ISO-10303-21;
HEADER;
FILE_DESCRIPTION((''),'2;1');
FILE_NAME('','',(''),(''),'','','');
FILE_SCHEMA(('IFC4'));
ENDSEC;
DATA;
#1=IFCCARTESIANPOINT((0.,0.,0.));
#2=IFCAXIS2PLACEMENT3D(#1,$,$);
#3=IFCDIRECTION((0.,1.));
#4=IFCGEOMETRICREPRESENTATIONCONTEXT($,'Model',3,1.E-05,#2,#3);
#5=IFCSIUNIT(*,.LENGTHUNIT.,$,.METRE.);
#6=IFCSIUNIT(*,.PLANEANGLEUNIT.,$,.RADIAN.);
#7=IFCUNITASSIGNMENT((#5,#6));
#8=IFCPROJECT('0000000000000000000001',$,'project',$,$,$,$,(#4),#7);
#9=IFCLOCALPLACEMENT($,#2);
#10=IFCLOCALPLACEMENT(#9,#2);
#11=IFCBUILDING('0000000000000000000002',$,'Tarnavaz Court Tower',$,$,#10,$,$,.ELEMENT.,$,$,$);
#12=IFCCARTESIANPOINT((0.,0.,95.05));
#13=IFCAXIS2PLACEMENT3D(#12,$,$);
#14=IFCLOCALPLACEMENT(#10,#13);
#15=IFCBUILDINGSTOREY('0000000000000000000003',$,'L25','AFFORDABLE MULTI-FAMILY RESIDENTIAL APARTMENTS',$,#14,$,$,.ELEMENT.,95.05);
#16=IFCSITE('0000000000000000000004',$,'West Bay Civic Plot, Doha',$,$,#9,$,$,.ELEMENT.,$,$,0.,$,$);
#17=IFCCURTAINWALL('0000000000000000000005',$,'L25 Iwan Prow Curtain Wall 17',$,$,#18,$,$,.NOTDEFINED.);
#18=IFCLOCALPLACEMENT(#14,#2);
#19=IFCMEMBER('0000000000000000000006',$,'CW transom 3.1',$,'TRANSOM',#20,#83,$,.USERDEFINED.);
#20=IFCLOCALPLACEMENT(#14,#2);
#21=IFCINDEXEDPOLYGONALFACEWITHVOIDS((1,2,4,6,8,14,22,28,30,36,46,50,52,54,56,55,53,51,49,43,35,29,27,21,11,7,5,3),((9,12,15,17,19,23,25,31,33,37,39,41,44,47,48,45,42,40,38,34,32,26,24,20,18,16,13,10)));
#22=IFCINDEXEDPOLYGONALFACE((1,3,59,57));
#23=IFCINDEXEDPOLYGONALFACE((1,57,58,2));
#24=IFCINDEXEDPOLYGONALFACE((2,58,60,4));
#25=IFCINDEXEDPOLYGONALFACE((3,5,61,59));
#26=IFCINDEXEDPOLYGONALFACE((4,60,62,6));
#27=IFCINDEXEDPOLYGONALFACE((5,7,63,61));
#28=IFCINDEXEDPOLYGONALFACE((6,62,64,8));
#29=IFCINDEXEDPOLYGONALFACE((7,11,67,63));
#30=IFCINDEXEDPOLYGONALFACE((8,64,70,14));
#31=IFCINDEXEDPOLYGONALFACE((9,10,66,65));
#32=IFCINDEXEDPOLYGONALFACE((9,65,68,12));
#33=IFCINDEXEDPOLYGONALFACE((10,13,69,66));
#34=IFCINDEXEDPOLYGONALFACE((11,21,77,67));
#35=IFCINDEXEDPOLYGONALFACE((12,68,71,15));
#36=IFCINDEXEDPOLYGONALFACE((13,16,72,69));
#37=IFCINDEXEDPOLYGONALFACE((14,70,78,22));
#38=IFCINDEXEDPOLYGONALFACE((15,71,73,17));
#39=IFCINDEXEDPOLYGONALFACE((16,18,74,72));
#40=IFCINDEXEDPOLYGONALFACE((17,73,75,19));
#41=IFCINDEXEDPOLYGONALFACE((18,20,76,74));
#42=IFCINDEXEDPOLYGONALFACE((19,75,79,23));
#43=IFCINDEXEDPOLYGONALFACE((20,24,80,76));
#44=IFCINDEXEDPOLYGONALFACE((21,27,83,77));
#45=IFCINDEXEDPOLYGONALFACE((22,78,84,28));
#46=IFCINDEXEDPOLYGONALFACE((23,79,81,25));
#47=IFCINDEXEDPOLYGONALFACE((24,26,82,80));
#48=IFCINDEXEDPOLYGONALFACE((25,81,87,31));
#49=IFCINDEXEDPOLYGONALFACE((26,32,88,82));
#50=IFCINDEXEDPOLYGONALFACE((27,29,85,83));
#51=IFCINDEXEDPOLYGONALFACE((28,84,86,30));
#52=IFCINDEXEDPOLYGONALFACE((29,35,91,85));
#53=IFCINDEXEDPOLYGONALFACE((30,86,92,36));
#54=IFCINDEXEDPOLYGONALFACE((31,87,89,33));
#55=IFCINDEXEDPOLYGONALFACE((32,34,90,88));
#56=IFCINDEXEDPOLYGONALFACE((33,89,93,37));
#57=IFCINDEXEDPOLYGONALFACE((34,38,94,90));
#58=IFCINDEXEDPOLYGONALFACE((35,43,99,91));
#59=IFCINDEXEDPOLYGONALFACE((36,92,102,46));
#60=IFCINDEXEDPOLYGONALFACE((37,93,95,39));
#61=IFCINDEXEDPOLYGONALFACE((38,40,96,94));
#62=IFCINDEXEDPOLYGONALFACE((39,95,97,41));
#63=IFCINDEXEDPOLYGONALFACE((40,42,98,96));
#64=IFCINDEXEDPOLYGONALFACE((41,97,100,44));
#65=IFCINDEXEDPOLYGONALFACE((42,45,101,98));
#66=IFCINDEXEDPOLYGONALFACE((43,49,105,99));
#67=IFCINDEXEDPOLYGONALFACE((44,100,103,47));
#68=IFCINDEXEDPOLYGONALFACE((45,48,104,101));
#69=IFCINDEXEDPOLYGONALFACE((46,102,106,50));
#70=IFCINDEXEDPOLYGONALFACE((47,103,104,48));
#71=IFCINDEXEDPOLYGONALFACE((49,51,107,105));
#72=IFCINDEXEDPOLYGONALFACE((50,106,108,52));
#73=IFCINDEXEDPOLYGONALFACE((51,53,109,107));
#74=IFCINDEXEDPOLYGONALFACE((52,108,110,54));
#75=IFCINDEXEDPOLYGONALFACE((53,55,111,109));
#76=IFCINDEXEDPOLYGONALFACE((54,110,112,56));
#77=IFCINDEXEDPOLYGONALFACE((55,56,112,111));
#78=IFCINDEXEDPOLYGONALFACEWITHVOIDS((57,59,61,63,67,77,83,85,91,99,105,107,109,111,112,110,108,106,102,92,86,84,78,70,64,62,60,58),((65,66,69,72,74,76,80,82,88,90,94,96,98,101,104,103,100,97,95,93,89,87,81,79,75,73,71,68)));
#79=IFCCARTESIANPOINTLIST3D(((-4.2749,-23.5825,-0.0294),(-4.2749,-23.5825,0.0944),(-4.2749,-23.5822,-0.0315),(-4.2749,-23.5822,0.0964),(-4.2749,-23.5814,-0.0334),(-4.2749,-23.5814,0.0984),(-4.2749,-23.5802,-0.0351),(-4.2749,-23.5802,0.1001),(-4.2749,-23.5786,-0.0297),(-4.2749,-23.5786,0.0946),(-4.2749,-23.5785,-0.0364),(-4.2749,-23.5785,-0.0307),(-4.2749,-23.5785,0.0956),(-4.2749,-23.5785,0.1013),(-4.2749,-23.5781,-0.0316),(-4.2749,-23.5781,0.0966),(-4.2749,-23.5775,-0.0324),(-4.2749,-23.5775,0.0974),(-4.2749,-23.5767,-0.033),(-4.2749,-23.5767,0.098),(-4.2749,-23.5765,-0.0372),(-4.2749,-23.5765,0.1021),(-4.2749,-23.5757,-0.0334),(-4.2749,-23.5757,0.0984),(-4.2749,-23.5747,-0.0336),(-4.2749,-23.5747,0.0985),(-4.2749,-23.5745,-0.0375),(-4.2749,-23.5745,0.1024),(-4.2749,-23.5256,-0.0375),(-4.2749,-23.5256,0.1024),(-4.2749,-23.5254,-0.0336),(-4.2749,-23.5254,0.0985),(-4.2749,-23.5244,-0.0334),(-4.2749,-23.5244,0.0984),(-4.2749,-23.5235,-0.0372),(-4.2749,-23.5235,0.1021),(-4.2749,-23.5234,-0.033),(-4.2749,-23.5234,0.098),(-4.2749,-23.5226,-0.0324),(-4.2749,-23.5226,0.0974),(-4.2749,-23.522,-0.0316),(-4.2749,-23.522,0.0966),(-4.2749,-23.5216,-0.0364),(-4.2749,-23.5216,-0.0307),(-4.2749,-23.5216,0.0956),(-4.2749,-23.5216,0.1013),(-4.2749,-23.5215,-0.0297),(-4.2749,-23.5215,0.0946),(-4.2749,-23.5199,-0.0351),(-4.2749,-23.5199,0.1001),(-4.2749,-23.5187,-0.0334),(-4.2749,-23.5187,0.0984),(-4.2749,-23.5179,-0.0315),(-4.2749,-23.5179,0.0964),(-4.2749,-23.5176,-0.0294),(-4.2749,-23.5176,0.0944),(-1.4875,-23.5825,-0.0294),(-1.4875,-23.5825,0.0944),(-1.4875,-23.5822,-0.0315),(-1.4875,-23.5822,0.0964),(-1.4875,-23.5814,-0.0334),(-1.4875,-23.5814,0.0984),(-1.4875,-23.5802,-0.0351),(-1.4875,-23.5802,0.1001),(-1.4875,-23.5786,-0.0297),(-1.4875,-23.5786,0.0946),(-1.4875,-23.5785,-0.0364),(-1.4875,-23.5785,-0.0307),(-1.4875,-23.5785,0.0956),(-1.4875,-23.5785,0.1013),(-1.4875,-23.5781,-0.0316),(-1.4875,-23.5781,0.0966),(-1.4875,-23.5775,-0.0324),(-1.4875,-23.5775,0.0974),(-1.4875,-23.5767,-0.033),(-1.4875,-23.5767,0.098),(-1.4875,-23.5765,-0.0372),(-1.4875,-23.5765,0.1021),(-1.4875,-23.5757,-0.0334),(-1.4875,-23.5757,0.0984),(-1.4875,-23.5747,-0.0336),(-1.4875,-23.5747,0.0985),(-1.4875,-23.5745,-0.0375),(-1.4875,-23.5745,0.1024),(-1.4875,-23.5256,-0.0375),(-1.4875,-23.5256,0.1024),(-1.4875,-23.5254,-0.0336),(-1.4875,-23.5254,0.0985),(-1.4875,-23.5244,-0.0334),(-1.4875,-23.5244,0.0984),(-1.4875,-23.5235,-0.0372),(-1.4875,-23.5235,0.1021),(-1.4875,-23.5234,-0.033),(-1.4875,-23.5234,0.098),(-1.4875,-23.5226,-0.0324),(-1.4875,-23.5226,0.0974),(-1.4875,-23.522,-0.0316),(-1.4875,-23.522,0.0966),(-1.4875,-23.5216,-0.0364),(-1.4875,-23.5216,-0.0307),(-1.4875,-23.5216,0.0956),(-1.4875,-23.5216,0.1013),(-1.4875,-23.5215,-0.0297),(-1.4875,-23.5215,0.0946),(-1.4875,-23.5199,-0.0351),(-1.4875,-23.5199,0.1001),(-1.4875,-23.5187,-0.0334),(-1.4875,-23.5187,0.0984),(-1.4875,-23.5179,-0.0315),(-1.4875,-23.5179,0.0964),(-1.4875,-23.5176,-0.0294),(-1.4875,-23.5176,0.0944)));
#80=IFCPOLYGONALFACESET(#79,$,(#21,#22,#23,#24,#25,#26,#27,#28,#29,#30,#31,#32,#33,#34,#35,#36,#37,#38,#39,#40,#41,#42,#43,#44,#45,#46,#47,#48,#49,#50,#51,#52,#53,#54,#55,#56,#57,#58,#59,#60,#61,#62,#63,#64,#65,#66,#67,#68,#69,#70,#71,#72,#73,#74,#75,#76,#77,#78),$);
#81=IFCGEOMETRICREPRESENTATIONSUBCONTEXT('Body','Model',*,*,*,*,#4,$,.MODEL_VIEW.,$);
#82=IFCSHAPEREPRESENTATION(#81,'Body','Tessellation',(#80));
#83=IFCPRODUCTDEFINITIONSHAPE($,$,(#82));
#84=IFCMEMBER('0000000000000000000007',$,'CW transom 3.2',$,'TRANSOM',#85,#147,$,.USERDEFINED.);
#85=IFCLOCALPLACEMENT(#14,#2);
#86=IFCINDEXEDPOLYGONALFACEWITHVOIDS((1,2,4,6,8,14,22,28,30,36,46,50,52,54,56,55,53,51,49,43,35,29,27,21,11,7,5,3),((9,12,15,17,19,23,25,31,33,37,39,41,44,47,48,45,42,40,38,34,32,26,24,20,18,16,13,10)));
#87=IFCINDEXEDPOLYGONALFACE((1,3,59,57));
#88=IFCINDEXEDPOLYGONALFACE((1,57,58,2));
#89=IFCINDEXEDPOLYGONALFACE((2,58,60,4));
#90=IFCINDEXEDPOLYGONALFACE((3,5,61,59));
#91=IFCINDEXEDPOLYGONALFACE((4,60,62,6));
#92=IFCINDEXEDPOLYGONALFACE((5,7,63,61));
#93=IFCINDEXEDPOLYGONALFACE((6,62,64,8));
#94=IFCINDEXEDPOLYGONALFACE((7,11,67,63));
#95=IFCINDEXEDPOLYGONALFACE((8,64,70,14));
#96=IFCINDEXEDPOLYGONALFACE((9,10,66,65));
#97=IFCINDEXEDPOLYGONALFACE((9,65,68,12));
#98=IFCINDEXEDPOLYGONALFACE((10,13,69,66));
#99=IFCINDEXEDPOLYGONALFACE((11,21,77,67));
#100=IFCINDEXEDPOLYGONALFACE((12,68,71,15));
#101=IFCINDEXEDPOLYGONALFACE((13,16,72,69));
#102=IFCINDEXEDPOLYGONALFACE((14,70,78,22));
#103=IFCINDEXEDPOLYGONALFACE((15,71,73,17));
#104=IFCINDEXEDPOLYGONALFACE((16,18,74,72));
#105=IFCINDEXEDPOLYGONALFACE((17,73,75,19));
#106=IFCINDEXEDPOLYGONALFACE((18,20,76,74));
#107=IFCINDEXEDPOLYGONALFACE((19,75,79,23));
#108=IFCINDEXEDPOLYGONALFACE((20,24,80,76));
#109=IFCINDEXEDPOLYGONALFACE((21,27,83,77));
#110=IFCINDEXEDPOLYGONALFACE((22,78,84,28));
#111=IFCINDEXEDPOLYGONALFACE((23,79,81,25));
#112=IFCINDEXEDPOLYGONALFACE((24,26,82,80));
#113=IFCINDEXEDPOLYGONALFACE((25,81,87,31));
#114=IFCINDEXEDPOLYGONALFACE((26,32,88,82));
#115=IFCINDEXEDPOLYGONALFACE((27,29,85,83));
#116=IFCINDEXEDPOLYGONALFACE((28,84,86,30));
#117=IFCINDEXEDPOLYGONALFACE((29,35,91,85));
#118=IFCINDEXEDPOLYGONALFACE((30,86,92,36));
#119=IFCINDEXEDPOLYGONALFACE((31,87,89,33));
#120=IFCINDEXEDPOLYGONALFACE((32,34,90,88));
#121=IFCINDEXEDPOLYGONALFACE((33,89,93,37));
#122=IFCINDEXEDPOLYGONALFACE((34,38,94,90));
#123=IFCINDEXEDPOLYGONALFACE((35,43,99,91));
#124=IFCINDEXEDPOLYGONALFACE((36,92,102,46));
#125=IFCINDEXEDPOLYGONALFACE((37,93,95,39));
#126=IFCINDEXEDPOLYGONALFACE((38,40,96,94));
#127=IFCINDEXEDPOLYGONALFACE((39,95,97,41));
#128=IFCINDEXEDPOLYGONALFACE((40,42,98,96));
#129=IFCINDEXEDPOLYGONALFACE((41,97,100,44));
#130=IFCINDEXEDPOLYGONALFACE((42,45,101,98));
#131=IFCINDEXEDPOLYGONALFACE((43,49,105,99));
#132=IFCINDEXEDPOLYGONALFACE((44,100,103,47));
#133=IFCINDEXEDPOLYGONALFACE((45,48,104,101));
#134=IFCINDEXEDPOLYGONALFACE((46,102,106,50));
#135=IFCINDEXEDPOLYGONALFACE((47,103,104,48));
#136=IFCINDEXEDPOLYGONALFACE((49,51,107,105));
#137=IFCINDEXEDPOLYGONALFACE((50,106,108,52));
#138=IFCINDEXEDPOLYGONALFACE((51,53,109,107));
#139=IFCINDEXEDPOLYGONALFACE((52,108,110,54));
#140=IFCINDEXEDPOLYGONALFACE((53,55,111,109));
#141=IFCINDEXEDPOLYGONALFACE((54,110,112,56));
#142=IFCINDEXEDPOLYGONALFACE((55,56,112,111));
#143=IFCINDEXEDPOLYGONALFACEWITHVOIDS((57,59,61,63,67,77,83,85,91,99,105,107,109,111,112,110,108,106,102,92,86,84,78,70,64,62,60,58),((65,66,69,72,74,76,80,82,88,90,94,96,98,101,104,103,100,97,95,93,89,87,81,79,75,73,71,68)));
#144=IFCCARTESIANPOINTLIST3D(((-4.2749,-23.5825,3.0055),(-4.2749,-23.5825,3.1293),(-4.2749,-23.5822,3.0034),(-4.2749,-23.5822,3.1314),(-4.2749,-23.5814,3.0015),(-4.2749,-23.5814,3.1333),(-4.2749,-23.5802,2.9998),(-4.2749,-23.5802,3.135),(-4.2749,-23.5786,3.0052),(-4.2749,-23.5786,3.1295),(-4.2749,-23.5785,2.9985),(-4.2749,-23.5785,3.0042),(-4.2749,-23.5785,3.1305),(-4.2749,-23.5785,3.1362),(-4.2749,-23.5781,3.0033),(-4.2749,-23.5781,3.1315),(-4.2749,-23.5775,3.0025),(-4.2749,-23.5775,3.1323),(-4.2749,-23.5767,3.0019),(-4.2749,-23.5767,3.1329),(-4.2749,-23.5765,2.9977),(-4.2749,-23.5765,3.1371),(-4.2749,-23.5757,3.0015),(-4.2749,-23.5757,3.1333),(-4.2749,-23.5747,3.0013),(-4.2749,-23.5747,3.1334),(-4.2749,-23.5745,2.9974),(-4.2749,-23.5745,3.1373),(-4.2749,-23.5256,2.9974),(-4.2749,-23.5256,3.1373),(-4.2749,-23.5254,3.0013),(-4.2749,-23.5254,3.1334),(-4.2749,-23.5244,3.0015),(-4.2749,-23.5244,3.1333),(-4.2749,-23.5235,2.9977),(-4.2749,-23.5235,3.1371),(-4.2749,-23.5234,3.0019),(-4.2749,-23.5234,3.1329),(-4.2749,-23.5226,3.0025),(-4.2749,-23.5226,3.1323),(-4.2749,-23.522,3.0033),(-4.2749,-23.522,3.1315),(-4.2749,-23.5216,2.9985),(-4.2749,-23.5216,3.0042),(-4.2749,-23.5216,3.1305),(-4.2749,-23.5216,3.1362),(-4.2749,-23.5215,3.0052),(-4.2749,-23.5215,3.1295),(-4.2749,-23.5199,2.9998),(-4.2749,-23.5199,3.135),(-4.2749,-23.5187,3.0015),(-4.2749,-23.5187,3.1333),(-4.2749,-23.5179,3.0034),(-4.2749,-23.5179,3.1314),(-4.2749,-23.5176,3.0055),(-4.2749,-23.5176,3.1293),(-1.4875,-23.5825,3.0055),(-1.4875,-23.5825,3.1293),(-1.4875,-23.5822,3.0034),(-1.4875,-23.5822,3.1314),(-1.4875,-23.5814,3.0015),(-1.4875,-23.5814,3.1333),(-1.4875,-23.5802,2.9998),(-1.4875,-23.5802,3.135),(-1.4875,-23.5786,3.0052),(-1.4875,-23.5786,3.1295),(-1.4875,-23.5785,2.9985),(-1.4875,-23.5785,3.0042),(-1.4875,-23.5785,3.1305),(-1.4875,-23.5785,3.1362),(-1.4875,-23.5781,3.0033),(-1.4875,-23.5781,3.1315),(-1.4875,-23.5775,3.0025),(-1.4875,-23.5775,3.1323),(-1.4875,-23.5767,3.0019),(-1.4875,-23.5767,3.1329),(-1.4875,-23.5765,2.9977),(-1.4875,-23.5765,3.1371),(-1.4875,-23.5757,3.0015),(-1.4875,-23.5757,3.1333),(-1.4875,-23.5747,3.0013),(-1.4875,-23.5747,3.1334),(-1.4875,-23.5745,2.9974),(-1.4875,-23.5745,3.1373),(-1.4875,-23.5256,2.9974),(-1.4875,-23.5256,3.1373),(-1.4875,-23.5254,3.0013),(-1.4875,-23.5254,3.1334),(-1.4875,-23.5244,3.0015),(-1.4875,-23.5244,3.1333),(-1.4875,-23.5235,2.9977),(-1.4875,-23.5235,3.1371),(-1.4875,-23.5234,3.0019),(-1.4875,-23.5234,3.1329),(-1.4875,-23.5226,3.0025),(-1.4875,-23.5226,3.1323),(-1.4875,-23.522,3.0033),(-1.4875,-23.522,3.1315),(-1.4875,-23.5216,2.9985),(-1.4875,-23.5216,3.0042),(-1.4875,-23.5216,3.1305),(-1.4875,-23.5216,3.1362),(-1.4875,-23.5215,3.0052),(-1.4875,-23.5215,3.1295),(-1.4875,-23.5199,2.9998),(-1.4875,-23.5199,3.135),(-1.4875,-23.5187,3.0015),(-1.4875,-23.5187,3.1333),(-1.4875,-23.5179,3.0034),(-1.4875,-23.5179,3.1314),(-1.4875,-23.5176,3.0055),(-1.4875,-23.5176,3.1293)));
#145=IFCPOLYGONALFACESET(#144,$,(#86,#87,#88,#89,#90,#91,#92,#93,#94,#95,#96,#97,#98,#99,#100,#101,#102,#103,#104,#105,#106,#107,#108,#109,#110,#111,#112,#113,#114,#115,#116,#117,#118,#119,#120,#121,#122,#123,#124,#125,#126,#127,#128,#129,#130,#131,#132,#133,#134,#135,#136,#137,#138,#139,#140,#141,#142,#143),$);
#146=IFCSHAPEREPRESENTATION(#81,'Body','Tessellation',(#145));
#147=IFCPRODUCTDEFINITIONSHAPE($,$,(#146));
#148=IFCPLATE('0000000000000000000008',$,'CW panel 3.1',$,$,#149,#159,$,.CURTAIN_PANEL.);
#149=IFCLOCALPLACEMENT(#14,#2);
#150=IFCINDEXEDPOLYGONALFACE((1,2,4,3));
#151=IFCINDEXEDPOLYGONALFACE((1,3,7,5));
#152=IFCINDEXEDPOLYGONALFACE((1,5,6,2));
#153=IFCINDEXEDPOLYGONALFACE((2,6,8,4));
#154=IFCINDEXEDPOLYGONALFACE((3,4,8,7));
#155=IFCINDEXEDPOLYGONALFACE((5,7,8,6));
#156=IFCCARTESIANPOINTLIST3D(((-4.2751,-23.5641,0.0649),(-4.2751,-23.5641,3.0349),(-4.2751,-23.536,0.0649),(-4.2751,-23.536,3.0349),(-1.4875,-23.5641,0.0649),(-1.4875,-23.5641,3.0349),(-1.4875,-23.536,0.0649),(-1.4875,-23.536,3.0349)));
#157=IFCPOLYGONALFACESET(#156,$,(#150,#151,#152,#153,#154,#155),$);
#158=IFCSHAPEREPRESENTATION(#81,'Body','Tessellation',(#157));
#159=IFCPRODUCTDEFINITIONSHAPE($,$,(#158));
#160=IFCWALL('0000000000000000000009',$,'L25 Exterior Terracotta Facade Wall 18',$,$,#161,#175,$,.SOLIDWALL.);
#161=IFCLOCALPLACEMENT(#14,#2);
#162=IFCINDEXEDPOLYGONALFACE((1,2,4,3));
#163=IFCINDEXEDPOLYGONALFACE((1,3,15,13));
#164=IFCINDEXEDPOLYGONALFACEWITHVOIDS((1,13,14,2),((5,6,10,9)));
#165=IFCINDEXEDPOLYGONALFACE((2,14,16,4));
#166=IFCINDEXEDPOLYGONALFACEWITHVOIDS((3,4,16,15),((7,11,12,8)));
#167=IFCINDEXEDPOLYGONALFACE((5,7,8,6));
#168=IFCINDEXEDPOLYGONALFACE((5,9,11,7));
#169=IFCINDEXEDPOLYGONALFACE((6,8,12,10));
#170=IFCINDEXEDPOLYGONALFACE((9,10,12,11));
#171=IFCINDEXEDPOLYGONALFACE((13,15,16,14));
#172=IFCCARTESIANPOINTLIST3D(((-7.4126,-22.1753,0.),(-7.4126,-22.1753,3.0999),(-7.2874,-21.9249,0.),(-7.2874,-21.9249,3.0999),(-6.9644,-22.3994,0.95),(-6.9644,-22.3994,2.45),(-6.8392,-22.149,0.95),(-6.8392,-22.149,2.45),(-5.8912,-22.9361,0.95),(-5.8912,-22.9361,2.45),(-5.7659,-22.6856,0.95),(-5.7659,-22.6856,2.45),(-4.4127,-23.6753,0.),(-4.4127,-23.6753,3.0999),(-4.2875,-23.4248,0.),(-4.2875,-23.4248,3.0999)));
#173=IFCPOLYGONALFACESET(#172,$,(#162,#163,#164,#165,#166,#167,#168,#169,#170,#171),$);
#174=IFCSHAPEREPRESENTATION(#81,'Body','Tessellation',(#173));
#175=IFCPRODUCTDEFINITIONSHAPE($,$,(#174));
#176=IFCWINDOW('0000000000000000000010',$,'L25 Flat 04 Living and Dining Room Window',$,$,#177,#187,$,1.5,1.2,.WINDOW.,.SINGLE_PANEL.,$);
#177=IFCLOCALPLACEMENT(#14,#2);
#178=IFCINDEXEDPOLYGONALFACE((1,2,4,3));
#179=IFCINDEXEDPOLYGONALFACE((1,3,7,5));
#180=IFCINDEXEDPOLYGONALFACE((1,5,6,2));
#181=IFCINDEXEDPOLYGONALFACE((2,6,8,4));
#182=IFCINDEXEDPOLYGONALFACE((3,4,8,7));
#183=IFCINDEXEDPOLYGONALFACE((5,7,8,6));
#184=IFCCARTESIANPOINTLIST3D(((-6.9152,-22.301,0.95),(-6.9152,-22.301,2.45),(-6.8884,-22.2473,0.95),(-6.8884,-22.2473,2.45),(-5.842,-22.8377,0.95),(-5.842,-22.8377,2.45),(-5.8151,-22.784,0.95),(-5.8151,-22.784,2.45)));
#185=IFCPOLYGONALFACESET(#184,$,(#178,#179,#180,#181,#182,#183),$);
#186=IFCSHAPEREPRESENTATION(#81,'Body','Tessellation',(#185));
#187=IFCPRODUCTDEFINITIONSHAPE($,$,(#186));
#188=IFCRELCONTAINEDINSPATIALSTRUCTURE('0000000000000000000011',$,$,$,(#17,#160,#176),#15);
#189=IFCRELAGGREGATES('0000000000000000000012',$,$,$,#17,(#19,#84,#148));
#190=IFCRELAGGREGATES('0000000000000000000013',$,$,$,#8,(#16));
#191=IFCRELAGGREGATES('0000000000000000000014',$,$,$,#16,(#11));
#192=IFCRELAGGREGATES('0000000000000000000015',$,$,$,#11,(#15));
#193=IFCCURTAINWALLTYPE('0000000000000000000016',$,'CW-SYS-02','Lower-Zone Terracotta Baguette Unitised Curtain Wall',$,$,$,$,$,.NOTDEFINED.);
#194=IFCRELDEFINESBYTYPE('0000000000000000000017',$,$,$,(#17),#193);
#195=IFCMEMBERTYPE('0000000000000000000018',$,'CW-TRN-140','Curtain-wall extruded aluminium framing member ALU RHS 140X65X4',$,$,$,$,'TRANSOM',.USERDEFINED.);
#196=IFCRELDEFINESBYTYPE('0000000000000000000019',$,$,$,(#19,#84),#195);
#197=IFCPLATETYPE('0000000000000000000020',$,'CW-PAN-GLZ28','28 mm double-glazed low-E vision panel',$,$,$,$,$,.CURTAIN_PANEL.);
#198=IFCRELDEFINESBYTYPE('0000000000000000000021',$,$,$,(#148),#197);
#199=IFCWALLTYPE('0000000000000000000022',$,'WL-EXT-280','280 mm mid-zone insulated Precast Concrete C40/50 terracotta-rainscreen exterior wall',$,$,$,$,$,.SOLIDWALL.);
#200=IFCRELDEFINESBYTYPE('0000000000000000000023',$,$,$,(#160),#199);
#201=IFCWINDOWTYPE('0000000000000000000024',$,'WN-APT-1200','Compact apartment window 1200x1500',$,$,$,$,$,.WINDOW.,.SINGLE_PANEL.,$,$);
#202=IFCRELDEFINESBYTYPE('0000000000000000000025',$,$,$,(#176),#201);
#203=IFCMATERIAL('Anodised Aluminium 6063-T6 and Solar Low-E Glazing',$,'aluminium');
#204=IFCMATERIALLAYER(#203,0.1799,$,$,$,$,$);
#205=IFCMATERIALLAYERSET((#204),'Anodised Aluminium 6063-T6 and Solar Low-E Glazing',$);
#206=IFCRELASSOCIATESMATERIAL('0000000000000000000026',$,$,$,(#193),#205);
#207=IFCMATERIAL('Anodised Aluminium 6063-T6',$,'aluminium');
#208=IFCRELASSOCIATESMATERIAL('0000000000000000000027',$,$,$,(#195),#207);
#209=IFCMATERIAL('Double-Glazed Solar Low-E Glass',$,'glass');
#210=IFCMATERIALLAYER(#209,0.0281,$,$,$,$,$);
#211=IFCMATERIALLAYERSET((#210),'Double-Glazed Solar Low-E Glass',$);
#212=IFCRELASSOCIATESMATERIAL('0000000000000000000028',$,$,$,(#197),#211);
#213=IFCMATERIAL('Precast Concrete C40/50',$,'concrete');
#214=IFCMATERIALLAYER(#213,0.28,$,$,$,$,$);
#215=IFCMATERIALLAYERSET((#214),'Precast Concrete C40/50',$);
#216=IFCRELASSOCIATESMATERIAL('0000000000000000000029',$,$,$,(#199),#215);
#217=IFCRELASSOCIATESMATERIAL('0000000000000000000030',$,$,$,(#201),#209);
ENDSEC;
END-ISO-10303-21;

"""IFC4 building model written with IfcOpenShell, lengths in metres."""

from ifc_helpers import new_model, si_unit, direction, frame, frame_2d, origin, origin_2d, place, context, subcontext, project, spatial, rectangle, hollow_rectangle, extrude, material, layer, layer_set, material_profile, profile_set, type_object, element, fill, aggregate, save


model = new_model("IFC4")

# Units and contexts
model_context = context("Model", 3, precision=1e-05, world=origin(), true_north=direction((0.0, 1.0)))
body_context = subcontext(model_context, "Body", "Model", "MODEL_VIEW")
ifc_project = project(units=[si_unit("LENGTHUNIT", "METRE"), si_unit("PLANEANGLEUNIT", "RADIAN")], contexts=[model_context])

# Site, building, storey
site_placement = place(None, origin())
site = spatial("IfcSite", under=ifc_project, at=site_placement, Name="West Bay Civic Plot, Doha", CompositionType="ELEMENT", RefElevation=0.0)
building_placement = place(site_placement, origin())
building = spatial("IfcBuilding", under=site, at=building_placement, Name="Tarnavaz Court Tower", CompositionType="ELEMENT")
storey_placement = place(building_placement, frame((0.0, 0.0, 95.05)))
storey = spatial("IfcBuildingStorey", under=building, at=storey_placement, Name="L25", Description="AFFORDABLE MULTI-FAMILY RESIDENTIAL APARTMENTS", CompositionType="ELEMENT", Elevation=95.05)

# Curtain wall, members, plate
ifc_material_1 = material(Name="Anodised Aluminium 6063-T6 and Solar Low-E Glazing", Category="aluminium")
ifc_layer_1 = layer(ifc_material_1, 0.1799)
ifc_layer_set_1 = layer_set([ifc_layer_1], Name="Anodised Aluminium 6063-T6 and Solar Low-E Glazing")
curtain_wall_type = type_object("IfcCurtainWallType", Name="CW-SYS-02", Description="Lower-Zone Terracotta Baguette Unitised Curtain Wall", PredefinedType="NOTDEFINED", material=ifc_layer_set_1)
curtain_wall_placement = place(storey_placement, origin())
curtain_wall = element("IfcCurtainWall", 1, at=curtain_wall_placement, inside=storey, type_object=curtain_wall_type, Name="L25 Iwan Prow Curtain Wall 17", PredefinedType="NOTDEFINED")
ifc_material_2 = material(Name="Anodised Aluminium 6063-T6", Category="aluminium")
ifc_material_profile_1 = material_profile(ifc_material_2, hollow_rectangle(XDim=0.0649, YDim=0.1399, WallThickness=0.0039, InnerFilletRadius=0.0039, OuterFilletRadius=0.0081, at=origin_2d()), Name="ALU RHS 140X65X4")
ifc_profile_set_1 = profile_set([ifc_material_profile_1], Name="Anodised Aluminium 6063-T6")
member_type_1 = type_object("IfcMemberType", Name="CW-TRN-140", Description="Curtain-wall extruded aluminium framing member ALU RHS 140X65X4", ElementType="TRANSOM", PredefinedType="USERDEFINED", material=ifc_profile_set_1)
member_1_placement = place(storey_placement, frame((-1.4875, -23.55, 0.0325), z_axis=(-1.0, 0.0, 0.0), x_axis=(0.0, -1.0, 0.0)))
member_1 = element("IfcMember", 2, at=member_1_placement, type_object=member_type_1, Name="CW transom 3.1", ObjectType="TRANSOM", PredefinedType="USERDEFINED", context=body_context, shape_type="SweptSolid", body=[
    extrude(hollow_rectangle(XDim=0.0649, YDim=0.1399, WallThickness=0.0039, InnerFilletRadius=0.0039, OuterFilletRadius=0.0081, at=origin_2d()), origin(), (0.0, 0.0, 1.0), 2.7874),
])
member_2_placement = place(storey_placement, frame((-1.4875, -23.55, 3.0674), z_axis=(-1.0, 0.0, 0.0), x_axis=(0.0, -1.0, 0.0)))
member_2 = element("IfcMember", 3, at=member_2_placement, type_object=member_type_1, Name="CW transom 3.2", ObjectType="TRANSOM", PredefinedType="USERDEFINED", context=body_context, shape_type="SweptSolid", body=[
    extrude(hollow_rectangle(XDim=0.0649, YDim=0.1399, WallThickness=0.0039, InnerFilletRadius=0.0039, OuterFilletRadius=0.0081, at=origin_2d()), origin(), (0.0, 0.0, 1.0), 2.7874),
])
ifc_material_3 = material(Name="Double-Glazed Solar Low-E Glass", Category="glass")
ifc_layer_2 = layer(ifc_material_3, 0.0281)
ifc_layer_set_2 = layer_set([ifc_layer_2], Name="Double-Glazed Solar Low-E Glass")
plate_type = type_object("IfcPlateType", Name="CW-PAN-GLZ28", Description="28 mm double-glazed low-E vision panel", PredefinedType="CURTAIN_PANEL", material=ifc_layer_set_2)
plate_placement = place(storey_placement, frame((-2.8813, -23.55, 0.0649), z_axis=(0.0, 0.0, 1.0), x_axis=(-1.0, 0.0, 0.0)))
plate = element("IfcPlate", 4, at=plate_placement, type_object=plate_type, Name="CW panel 3.1", PredefinedType="CURTAIN_PANEL", context=body_context, shape_type="SweptSolid", body=[
    extrude(rectangle(XDim=2.7876, YDim=0.0281, at=origin_2d()), origin(), (0.0, 0.0, 1.0), 2.97),
])
aggregate(curtain_wall, [member_1, member_2, plate])

# Wall, opening, window
ifc_material_4 = material(Name="Precast Concrete C40/50", Category="concrete")
ifc_layer_3 = layer(ifc_material_4, 0.28)
ifc_layer_set_3 = layer_set([ifc_layer_3], Name="Precast Concrete C40/50")
wall_type_1 = type_object("IfcWallType", Name="WL-EXT-280", Description="280 mm mid-zone insulated Precast Concrete C40/50 terracotta-rainscreen exterior wall", PredefinedType="SOLIDWALL", material=ifc_layer_set_3)
wall_1_placement = place(storey_placement, frame((-4.3501, -23.55, 0.0), z_axis=(0.0, 0.0, 1.0), x_axis=(-0.894427, 0.447214, 0.0)))
wall_1 = element("IfcWall", 5, at=wall_1_placement, inside=storey, type_object=wall_type_1, Name="L25 Exterior Terracotta Facade Wall 18", PredefinedType="SOLIDWALL", context=body_context, shape_type="SweptSolid", body=[
    extrude(rectangle(XDim=3.354, YDim=0.28, at=frame_2d((1.677, 0.0))), origin(), (0.0, 0.0, 1.0), 3.0999),
])
opening_1_placement = place(wall_1_placement, frame((1.6528, 0.0, 0.95)))
opening_1 = element("IfcOpeningElement", 6, at=opening_1_placement, cuts=wall_1, PredefinedType="OPENING", context=body_context, shape_type="SweptSolid", body=[
    extrude(rectangle(XDim=1.2, YDim=1.5, at=frame_2d((0.6001, 0.75))), frame((0.0, 0.1499, 0.0), z_axis=(0.0, -1.0, 0.0), x_axis=(1.0, 0.0, 0.0)), (0.0, 0.0, 1.0), 0.3),
])
window_type_1 = type_object("IfcWindowType", Name="WN-APT-1200", Description="Compact apartment window 1200x1500", PartitioningType="SINGLE_PANEL", PredefinedType="WINDOW", material=ifc_material_3)
window_1_placement = place(opening_1_placement, origin())
window_1 = element("IfcWindow", 7, at=window_1_placement, inside=storey, type_object=window_type_1, Name="L25 Flat 04 Living and Dining Room Window", OverallHeight=1.5, OverallWidth=1.2, PartitioningType="SINGLE_PANEL", PredefinedType="WINDOW", context=body_context, shape_type="SweptSolid", body=[
    extrude(rectangle(XDim=1.2, YDim=1.5, at=frame_2d((0.6001, 0.75))), frame((0.0, 0.03, 0.0), z_axis=(0.0, -1.0, 0.0), x_axis=(1.0, 0.0, 0.0)), (0.0, 0.0, 1.0), 0.0601),
])
fill(opening_1, window_1)

save(model, "model.ifc")
